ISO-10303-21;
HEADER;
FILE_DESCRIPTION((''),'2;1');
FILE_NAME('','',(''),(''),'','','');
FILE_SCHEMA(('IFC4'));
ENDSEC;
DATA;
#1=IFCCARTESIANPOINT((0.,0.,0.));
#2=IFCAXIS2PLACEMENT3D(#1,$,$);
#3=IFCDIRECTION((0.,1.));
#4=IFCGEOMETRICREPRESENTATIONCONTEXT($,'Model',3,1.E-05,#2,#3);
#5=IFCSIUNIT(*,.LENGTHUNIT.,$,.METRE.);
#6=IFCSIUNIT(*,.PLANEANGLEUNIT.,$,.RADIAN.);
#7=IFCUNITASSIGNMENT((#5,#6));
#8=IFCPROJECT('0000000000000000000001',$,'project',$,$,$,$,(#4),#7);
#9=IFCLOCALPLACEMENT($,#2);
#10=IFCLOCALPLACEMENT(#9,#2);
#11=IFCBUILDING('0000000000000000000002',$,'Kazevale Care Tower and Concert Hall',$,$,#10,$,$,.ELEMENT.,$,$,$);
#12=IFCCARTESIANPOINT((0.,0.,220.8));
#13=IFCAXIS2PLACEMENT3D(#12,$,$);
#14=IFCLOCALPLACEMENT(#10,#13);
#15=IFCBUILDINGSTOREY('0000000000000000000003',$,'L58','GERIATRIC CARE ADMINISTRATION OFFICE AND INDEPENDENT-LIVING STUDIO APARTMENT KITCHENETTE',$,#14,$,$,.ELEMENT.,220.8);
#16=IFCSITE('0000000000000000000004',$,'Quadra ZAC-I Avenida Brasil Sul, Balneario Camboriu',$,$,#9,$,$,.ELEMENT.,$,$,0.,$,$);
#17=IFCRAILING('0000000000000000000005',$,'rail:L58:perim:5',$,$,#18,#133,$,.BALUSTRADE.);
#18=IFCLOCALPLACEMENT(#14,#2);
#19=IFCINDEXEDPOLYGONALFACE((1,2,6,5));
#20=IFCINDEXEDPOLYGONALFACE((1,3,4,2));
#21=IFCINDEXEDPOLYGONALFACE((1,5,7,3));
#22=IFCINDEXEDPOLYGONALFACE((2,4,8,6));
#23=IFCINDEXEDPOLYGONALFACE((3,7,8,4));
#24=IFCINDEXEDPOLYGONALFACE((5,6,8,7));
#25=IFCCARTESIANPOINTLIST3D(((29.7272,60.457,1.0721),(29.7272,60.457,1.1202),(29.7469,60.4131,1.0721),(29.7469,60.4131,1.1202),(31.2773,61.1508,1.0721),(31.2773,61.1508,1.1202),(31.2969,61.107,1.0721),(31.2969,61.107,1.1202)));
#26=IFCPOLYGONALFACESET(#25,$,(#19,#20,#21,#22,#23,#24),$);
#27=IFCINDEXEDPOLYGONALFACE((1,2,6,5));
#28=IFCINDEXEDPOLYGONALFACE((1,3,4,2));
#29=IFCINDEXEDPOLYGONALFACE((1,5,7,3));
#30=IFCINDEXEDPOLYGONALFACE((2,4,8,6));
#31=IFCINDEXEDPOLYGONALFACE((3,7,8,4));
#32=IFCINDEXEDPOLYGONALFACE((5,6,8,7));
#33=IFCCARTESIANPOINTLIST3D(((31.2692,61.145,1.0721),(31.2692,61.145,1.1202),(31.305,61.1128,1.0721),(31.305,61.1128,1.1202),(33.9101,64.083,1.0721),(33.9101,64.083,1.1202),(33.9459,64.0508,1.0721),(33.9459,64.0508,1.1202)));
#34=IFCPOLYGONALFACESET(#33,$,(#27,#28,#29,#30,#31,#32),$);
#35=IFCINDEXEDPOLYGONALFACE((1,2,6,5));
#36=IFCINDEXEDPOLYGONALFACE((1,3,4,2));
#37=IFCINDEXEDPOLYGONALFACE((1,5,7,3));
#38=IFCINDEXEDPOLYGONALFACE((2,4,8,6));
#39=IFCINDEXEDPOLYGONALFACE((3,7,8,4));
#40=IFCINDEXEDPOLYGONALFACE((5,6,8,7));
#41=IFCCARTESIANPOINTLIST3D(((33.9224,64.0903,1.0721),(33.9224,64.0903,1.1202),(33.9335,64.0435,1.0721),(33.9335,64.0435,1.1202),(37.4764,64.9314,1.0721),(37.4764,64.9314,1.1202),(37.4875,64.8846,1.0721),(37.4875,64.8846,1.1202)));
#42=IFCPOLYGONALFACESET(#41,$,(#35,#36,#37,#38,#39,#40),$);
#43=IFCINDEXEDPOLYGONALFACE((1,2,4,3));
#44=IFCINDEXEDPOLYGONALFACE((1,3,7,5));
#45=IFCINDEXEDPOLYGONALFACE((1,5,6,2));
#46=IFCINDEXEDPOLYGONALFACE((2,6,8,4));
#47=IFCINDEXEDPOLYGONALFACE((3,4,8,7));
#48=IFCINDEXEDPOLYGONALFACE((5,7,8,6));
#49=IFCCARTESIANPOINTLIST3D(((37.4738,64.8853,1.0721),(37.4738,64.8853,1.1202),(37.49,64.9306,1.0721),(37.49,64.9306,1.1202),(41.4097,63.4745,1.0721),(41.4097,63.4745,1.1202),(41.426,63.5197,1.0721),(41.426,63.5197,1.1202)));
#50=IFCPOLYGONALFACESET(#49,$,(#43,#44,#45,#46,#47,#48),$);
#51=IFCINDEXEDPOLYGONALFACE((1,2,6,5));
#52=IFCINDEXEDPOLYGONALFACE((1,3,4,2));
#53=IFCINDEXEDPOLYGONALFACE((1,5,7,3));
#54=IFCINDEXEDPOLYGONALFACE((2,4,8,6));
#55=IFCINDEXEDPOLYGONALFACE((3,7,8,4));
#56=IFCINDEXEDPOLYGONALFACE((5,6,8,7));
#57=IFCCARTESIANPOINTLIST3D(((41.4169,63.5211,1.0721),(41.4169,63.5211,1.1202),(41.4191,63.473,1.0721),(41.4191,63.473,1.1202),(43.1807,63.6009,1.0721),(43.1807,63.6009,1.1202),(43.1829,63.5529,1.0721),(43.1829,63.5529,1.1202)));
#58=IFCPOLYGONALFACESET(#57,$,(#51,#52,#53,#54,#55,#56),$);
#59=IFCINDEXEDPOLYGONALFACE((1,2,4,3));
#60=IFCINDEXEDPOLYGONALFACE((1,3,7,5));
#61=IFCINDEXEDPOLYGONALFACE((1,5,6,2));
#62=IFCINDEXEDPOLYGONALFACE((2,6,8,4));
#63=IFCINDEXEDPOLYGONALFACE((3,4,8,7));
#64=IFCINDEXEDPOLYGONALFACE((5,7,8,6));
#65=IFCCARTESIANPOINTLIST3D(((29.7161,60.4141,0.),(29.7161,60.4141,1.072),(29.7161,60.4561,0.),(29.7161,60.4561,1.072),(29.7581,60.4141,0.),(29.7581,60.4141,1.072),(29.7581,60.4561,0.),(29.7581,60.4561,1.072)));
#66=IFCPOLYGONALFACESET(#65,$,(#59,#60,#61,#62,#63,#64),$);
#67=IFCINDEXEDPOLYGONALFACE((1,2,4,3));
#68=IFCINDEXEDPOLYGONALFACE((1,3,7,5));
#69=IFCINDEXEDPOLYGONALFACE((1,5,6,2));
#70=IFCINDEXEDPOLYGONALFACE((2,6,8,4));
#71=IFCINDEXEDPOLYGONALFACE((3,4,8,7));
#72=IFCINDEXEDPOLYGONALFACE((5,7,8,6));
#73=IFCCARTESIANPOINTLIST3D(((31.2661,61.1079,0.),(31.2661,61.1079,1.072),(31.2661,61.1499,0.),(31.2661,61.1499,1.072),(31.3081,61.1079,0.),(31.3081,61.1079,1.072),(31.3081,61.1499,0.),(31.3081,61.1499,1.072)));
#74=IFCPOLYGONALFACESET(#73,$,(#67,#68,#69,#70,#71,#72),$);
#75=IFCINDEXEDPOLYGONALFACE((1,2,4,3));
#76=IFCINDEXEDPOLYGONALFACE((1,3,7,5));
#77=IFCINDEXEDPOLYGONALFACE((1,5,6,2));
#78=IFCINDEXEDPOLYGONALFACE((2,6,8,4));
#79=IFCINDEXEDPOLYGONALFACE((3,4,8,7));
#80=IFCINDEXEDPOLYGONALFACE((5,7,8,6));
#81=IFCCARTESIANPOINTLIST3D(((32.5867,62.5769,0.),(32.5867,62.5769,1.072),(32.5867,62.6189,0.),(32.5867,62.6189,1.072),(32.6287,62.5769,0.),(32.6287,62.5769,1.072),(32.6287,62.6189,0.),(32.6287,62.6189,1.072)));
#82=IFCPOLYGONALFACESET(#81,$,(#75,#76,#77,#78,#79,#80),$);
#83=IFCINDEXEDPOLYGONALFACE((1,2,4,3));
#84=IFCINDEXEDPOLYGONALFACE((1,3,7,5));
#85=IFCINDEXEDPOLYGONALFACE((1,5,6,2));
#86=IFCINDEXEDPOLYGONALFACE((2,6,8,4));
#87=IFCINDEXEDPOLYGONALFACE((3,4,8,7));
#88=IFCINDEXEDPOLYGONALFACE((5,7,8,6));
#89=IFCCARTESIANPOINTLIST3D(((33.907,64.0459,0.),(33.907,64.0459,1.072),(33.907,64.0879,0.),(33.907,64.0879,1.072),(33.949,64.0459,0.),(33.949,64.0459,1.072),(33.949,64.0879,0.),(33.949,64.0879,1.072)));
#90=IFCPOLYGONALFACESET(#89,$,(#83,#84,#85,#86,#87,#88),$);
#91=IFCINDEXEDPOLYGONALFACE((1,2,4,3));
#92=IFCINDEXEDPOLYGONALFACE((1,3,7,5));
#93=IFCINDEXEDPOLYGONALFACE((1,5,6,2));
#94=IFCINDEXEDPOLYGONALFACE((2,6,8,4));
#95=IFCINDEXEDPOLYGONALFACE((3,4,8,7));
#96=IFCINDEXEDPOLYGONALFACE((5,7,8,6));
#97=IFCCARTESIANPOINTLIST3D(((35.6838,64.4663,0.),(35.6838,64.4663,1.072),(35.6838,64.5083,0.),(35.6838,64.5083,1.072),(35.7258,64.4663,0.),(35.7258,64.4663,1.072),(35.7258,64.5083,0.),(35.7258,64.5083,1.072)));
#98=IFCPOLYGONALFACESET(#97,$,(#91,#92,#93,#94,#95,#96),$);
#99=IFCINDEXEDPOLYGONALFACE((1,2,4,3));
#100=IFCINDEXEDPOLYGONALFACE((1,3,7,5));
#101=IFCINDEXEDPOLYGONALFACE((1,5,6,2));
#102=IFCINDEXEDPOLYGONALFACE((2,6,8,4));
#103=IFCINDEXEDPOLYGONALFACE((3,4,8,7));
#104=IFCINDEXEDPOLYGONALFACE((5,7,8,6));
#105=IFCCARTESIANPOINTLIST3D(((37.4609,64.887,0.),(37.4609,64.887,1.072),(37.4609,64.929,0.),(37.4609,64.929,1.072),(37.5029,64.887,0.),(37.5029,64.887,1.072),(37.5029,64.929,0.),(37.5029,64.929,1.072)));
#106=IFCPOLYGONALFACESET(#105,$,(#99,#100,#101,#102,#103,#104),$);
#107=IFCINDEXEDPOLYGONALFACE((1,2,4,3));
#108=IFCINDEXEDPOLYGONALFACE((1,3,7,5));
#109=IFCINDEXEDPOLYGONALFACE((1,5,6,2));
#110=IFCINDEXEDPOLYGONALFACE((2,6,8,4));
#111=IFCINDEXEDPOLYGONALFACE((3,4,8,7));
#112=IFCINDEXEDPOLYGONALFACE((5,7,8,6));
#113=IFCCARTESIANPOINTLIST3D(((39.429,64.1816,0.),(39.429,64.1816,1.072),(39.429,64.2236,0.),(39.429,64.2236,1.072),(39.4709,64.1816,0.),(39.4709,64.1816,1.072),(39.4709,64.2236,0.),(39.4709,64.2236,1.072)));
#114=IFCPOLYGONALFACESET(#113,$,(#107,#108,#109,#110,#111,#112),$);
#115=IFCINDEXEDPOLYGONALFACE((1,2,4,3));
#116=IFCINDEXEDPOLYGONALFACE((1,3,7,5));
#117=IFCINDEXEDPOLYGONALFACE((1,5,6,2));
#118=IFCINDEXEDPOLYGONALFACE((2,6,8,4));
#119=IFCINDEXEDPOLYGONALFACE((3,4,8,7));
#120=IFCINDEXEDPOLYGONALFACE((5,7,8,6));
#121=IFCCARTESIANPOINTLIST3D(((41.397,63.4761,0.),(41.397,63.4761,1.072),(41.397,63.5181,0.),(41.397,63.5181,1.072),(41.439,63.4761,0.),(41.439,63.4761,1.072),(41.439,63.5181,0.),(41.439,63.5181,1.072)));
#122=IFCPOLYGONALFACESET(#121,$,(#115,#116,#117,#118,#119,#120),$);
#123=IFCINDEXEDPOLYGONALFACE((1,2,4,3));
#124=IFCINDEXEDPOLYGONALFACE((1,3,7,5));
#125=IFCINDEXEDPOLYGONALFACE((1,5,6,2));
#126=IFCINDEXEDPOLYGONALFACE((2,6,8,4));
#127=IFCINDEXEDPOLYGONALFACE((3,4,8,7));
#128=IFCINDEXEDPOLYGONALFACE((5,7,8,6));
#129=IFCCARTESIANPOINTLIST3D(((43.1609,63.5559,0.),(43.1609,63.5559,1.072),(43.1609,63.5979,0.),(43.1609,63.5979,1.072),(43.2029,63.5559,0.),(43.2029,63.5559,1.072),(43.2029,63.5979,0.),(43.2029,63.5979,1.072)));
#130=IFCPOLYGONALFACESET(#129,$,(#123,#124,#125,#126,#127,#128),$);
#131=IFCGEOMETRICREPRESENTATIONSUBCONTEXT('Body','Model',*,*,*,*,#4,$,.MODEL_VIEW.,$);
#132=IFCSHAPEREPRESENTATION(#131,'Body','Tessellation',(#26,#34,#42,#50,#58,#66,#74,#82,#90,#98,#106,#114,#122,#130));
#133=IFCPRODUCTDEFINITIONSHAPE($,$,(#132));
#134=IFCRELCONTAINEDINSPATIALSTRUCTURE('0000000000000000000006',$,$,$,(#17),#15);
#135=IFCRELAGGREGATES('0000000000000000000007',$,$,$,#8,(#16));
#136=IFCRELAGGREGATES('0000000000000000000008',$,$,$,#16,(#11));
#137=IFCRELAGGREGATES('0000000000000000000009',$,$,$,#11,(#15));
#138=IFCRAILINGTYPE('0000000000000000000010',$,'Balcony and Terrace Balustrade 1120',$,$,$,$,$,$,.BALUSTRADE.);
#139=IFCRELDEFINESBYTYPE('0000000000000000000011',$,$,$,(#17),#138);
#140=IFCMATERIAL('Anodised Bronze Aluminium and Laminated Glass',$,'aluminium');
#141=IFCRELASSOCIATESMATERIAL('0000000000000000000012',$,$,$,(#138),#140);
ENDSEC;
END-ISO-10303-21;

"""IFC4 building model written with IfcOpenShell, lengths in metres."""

from ifc_helpers import new_model, si_unit, direction, frame, origin, origin_2d, place, context, subcontext, project, spatial, rectangle, extrude, material, type_object, element, save


model = new_model("IFC4")

# Units and contexts
model_context = context("Model", 3, precision=1e-05, world=origin(), true_north=direction((0.0, 1.0)))
body_context = subcontext(model_context, "Body", "Model", "MODEL_VIEW")
ifc_project = project(units=[si_unit("LENGTHUNIT", "METRE"), si_unit("PLANEANGLEUNIT", "RADIAN")], contexts=[model_context])

# Site, building, storey
site_placement = place(None, origin())
site = spatial("IfcSite", under=ifc_project, at=site_placement, Name="Quadra ZAC-I Avenida Brasil Sul, Balneario Camboriu", CompositionType="ELEMENT", RefElevation=0.0)
building_placement = place(site_placement, origin())
building = spatial("IfcBuilding", under=site, at=building_placement, Name="Kazevale Care Tower and Concert Hall", CompositionType="ELEMENT")
storey_placement = place(building_placement, frame((0.0, 0.0, 220.8)))
storey = spatial("IfcBuildingStorey", under=building, at=storey_placement, Name="L58", Description="GERIATRIC CARE ADMINISTRATION OFFICE AND INDEPENDENT-LIVING STUDIO APARTMENT KITCHENETTE", CompositionType="ELEMENT", Elevation=220.8)

# Railing
ifc_material_1 = material(Name="Anodised Bronze Aluminium and Laminated Glass", Category="aluminium")
railing_type = type_object("IfcRailingType", Name="Balcony and Terrace Balustrade 1120", PredefinedType="BALUSTRADE", material=ifc_material_1)
railing_1_placement = place(storey_placement, frame((29.7371, 60.4351, 0.0)))
element("IfcRailing", 1, at=railing_1_placement, inside=storey, type_object=railing_type, Name="rail:L58:perim:5", PredefinedType="BALUSTRADE", context=body_context, shape_type="SweptSolid", body=[
    extrude(rectangle(XDim=0.0481, YDim=0.0481, at=origin_2d()), frame((0.0, 0.0, 1.0962), z_axis=(0.912729, 0.408565, 0.0), x_axis=(-0.408565, 0.912729, 0.0)), (0.0, 0.0, 1.0), 1.6982),
    extrude(rectangle(XDim=0.0481, YDim=0.0481, at=origin_2d()), frame((1.55, 0.6938, 1.0962), z_axis=(0.6685, 0.743712, 0.0), x_axis=(-0.743712, 0.6685, 0.0)), (0.0, 0.0, 1.0), 3.9504),
    extrude(rectangle(XDim=0.0481, YDim=0.0481, at=origin_2d()), frame((4.1909, 3.6318, 1.0962), z_axis=(0.973121, 0.230295, 0.0), x_axis=(-0.230295, 0.973121, 0.0)), (0.0, 0.0, 1.0), 3.6521),
    extrude(rectangle(XDim=0.0481, YDim=0.0481, at=origin_2d()), frame((7.7449, 4.4729, 1.0962), z_axis=(0.94135, -0.337431, 0.0), x_axis=(0.337431, 0.94135, 0.0)), (0.0, 0.0, 1.0), 4.1812),
    extrude(rectangle(XDim=0.0481, YDim=0.0481, at=origin_2d()), frame((11.6809, 3.062, 1.0962), z_axis=(0.998977, 0.045213, 0.0), x_axis=(-0.045213, 0.998977, 0.0)), (0.0, 0.0, 1.0), 1.7656),
    extrude(rectangle(XDim=0.042, YDim=0.042, at=origin_2d()), origin(), (0.0, 0.0, 1.0), 1.072),
    extrude(rectangle(XDim=0.042, YDim=0.042, at=origin_2d()), frame((1.55, 0.6938, 0.0)), (0.0, 0.0, 1.0), 1.072),
    extrude(rectangle(XDim=0.042, YDim=0.042, at=origin_2d()), frame((2.8706, 2.1628, 0.0)), (0.0, 0.0, 1.0), 1.072),
    extrude(rectangle(XDim=0.042, YDim=0.042, at=origin_2d()), frame((4.1909, 3.6318, 0.0)), (0.0, 0.0, 1.0), 1.072),
    extrude(rectangle(XDim=0.042, YDim=0.042, at=origin_2d()), frame((5.9678, 4.0522, 0.0)), (0.0, 0.0, 1.0), 1.072),
    extrude(rectangle(XDim=0.042, YDim=0.042, at=origin_2d()), frame((7.7449, 4.4729, 0.0)), (0.0, 0.0, 1.0), 1.072),
    extrude(rectangle(XDim=0.042, YDim=0.042, at=origin_2d()), frame((9.7129, 3.7676, 0.0)), (0.0, 0.0, 1.0), 1.072),
    extrude(rectangle(XDim=0.042, YDim=0.042, at=origin_2d()), frame((11.6809, 3.062, 0.0)), (0.0, 0.0, 1.0), 1.072),
    extrude(rectangle(XDim=0.042, YDim=0.042, at=origin_2d()), frame((13.4448, 3.1418, 0.0)), (0.0, 0.0, 1.0), 1.072),
])

save(model, "model.ifc")
